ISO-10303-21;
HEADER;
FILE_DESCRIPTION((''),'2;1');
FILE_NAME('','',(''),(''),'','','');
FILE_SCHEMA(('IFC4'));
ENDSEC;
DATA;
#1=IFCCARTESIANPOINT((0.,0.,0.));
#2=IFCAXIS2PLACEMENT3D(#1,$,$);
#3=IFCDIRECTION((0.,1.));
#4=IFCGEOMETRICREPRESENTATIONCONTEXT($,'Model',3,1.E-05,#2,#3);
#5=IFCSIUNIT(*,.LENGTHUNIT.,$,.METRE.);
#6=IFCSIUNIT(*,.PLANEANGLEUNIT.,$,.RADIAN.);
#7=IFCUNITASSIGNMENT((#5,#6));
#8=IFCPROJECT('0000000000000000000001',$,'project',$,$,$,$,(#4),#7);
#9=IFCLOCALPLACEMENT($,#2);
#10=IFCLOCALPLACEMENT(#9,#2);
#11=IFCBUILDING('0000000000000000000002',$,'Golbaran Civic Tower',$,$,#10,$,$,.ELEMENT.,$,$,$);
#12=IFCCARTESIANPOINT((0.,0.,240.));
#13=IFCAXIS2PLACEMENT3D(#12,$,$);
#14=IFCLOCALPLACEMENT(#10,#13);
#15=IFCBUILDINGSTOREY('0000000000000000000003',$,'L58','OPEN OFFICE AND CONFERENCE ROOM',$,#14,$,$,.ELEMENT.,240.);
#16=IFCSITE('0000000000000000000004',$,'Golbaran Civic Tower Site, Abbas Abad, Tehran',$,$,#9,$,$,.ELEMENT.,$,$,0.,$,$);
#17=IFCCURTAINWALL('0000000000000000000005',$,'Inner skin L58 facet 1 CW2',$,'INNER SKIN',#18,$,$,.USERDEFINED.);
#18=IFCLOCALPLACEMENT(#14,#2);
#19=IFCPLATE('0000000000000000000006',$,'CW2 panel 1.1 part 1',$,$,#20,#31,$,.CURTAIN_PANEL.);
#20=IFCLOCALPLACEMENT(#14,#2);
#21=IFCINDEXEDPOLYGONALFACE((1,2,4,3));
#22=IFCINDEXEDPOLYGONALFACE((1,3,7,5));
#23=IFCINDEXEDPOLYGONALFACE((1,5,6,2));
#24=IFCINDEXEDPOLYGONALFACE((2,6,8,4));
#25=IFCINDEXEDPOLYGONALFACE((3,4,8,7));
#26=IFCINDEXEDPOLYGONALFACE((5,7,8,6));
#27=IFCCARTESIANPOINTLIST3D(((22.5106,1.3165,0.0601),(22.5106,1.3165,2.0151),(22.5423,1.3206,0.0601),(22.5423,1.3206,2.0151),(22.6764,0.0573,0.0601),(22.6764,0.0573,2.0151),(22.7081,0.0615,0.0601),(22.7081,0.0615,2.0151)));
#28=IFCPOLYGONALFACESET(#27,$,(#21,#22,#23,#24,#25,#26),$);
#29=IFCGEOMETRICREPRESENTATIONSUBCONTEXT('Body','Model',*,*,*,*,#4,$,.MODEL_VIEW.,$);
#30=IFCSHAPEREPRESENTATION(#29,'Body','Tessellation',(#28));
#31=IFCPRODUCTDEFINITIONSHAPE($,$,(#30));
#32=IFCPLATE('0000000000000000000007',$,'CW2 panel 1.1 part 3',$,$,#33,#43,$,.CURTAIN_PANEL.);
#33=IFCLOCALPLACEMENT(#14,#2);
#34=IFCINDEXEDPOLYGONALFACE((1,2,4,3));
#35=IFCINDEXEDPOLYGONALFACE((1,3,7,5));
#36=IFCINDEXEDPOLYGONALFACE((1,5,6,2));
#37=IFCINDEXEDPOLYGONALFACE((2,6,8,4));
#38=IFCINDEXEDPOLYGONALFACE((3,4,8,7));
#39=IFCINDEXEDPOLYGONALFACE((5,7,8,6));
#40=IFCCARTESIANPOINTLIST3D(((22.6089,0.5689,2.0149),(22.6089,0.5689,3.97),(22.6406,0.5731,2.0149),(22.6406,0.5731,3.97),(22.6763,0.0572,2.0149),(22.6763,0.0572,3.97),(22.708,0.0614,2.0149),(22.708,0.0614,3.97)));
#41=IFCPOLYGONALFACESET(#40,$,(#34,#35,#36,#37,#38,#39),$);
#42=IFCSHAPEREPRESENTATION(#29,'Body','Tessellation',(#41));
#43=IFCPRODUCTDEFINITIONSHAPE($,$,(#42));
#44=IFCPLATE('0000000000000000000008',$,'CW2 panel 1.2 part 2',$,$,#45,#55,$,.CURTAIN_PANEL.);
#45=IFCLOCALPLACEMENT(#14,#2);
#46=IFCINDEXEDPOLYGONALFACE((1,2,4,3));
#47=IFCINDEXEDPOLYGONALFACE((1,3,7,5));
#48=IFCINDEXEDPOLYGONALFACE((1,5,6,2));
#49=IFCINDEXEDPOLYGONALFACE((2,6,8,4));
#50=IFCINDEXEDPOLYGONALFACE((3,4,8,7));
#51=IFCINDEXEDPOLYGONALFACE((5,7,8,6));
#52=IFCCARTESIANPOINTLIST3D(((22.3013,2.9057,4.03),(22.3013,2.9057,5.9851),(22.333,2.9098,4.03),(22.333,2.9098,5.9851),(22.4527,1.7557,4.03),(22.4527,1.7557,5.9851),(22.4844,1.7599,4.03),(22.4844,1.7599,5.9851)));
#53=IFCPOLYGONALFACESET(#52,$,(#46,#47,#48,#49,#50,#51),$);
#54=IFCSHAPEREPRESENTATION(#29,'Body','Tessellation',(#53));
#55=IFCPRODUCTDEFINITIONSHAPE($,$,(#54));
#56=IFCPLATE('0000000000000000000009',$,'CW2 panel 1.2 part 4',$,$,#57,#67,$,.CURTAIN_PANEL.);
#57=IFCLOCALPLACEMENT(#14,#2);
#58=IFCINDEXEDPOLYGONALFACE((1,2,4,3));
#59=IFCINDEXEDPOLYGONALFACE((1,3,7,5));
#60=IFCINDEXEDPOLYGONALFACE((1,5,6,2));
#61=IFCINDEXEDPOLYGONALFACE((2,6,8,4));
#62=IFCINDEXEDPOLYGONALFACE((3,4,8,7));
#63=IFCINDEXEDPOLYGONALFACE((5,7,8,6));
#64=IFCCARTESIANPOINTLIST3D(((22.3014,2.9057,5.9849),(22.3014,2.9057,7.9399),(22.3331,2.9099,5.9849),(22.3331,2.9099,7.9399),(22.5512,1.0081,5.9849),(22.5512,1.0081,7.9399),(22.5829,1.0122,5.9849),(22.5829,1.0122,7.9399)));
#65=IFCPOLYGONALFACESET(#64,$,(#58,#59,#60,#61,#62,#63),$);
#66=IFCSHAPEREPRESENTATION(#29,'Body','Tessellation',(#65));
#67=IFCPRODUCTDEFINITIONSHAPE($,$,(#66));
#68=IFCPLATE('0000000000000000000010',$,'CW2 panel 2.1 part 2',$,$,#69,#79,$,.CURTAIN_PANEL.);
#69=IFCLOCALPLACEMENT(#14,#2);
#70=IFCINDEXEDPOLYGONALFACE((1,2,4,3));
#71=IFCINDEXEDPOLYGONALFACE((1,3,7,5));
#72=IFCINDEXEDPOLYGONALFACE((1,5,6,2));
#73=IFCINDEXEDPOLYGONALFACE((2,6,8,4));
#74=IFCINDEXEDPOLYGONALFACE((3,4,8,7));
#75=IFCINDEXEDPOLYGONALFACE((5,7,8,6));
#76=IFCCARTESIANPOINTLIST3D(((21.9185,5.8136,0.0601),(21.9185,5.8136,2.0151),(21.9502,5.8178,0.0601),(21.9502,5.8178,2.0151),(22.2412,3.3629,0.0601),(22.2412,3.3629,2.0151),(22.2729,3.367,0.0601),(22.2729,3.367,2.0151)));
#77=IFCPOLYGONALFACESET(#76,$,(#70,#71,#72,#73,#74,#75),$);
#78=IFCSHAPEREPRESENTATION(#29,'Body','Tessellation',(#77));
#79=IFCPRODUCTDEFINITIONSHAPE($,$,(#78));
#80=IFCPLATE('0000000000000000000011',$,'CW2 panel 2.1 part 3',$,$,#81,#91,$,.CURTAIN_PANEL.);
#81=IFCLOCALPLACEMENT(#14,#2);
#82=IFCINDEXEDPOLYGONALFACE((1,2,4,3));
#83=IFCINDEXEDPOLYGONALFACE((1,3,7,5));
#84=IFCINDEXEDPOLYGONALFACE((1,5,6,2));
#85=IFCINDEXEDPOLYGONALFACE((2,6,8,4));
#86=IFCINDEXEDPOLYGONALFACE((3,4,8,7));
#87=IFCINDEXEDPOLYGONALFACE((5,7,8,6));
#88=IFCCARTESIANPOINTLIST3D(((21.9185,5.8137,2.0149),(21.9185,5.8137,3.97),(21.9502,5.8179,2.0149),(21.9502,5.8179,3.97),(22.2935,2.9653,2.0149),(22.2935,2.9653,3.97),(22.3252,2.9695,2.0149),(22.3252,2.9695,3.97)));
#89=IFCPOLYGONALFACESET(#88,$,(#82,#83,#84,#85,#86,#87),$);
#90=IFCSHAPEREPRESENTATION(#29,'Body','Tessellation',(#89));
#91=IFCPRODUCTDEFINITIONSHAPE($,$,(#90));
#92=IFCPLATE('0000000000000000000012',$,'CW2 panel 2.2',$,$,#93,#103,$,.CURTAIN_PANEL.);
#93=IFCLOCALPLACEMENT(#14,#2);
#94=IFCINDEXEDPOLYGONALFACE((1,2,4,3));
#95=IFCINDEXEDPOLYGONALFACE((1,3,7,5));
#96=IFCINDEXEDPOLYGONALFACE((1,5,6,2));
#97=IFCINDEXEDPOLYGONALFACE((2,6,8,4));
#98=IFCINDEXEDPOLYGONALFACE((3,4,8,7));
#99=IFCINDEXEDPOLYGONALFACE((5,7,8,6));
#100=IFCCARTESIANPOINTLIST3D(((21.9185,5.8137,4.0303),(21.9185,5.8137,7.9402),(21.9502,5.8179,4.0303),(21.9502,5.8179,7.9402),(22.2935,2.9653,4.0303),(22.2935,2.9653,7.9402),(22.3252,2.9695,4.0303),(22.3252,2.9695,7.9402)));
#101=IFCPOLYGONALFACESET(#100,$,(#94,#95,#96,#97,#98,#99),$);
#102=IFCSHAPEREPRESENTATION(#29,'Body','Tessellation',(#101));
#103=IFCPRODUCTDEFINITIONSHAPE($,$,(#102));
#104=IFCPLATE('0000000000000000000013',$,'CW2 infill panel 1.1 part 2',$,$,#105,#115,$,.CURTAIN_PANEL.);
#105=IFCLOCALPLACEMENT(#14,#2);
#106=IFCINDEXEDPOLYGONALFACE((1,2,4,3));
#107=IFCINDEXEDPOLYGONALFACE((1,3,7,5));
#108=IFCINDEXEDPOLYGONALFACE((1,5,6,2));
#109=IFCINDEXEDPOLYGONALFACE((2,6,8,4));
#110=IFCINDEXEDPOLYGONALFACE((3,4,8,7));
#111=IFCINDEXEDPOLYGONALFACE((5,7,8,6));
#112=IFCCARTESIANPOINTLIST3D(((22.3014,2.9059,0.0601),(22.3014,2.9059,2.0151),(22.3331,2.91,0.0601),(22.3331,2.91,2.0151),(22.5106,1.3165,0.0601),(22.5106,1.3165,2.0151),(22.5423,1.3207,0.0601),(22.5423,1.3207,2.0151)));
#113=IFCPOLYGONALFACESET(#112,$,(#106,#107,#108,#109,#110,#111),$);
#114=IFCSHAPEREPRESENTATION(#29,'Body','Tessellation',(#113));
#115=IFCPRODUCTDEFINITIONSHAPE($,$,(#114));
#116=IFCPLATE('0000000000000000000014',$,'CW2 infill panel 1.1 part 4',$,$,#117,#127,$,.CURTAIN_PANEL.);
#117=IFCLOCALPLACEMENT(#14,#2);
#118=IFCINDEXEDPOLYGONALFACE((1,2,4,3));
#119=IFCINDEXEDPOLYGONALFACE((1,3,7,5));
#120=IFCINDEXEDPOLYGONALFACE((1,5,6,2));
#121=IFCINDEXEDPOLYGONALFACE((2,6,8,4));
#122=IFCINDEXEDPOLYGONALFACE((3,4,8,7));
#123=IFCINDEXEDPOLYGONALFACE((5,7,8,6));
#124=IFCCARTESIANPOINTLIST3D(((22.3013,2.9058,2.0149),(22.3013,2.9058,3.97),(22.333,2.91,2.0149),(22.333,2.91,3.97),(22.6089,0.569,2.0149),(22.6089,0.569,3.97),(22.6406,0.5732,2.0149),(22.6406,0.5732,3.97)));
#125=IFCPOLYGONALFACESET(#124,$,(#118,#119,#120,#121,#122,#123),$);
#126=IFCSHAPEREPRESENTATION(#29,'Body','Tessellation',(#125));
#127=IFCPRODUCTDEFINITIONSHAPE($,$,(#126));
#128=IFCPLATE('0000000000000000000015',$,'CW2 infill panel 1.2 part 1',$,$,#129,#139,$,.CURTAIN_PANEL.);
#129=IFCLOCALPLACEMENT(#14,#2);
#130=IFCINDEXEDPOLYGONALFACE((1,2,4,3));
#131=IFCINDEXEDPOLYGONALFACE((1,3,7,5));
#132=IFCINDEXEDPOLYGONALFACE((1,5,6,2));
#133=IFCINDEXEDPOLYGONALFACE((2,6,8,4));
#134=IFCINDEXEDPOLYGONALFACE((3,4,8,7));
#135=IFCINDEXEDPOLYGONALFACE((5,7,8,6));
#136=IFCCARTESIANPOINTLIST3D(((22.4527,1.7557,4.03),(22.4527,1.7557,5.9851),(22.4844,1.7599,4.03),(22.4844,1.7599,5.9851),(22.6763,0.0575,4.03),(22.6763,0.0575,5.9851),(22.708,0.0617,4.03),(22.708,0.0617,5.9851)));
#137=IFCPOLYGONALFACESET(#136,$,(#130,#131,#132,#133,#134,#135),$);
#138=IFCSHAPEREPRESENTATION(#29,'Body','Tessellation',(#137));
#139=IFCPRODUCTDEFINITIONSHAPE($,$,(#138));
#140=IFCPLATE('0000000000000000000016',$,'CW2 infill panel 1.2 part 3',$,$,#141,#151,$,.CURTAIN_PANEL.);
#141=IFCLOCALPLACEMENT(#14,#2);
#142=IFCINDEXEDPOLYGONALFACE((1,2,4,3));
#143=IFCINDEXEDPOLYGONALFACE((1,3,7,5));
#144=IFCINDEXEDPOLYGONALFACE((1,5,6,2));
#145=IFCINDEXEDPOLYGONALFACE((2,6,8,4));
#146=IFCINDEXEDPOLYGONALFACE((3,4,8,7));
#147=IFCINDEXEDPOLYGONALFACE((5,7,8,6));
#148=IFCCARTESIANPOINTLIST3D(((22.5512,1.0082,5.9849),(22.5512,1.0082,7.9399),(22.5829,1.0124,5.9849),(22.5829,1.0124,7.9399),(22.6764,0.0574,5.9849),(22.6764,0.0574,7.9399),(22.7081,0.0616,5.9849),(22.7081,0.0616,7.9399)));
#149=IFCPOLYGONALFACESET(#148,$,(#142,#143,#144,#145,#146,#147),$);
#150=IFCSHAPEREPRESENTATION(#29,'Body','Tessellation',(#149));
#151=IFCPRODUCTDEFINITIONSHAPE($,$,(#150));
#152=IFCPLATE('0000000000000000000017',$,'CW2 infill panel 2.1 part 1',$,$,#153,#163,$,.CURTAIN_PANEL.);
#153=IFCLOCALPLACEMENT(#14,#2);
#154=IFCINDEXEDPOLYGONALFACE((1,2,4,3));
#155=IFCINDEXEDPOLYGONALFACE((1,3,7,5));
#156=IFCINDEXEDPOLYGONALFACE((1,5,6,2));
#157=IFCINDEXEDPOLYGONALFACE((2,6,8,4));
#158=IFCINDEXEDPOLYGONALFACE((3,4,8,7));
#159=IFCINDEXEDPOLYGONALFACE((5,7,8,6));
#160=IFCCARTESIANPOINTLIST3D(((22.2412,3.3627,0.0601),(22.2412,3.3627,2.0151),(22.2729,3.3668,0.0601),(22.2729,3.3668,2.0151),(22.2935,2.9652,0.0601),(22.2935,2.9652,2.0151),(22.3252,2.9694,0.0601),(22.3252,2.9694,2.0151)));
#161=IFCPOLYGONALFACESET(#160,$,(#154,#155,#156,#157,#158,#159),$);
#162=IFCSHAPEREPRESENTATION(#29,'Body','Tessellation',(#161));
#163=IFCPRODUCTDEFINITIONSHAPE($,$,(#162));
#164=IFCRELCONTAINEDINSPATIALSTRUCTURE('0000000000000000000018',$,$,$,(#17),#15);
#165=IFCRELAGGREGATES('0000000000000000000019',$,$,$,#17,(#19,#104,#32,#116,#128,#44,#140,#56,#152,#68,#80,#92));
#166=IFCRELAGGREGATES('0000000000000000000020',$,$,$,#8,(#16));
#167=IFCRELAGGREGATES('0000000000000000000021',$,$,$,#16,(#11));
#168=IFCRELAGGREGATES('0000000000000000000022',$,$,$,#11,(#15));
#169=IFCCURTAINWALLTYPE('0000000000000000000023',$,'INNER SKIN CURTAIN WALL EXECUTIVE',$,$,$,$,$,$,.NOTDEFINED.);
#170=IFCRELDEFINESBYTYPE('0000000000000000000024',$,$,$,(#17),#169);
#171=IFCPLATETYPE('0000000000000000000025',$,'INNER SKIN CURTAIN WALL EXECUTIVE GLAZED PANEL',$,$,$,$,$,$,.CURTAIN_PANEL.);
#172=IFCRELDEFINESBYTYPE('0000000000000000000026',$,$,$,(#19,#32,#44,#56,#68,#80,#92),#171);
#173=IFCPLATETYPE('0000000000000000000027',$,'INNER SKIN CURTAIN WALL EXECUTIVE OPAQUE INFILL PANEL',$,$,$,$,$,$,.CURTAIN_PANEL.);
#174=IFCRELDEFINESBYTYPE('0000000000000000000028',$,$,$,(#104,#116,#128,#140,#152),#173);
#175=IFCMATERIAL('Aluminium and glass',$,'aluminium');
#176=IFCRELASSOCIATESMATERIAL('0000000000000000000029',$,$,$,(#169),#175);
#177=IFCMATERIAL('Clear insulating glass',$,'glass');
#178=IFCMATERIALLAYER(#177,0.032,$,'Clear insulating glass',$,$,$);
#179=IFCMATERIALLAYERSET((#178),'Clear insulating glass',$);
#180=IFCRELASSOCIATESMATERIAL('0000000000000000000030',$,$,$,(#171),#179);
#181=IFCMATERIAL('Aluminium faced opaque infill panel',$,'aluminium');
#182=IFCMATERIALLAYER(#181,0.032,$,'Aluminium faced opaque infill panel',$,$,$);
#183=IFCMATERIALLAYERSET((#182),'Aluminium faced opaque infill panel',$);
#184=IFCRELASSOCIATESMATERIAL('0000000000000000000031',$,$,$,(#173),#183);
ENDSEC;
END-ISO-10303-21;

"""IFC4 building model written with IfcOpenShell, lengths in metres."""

from ifc_helpers import new_model, si_unit, direction, frame, origin, origin_2d, place, context, subcontext, project, spatial, rectangle, extrude, material, layer, layer_set, type_object, element, aggregate, save


model = new_model("IFC4")

# Units and contexts
model_context = context("Model", 3, precision=1e-05, world=origin(), true_north=direction((0.0, 1.0)))
body_context = subcontext(model_context, "Body", "Model", "MODEL_VIEW")
ifc_project = project(units=[si_unit("LENGTHUNIT", "METRE"), si_unit("PLANEANGLEUNIT", "RADIAN")], contexts=[model_context])

# Site, building, storey
site_placement = place(None, origin())
site = spatial("IfcSite", under=ifc_project, at=site_placement, Name="Golbaran Civic Tower Site, Abbas Abad, Tehran", CompositionType="ELEMENT", RefElevation=0.0)
building_placement = place(site_placement, origin())
building = spatial("IfcBuilding", under=site, at=building_placement, Name="Golbaran Civic Tower", CompositionType="ELEMENT")
storey_placement = place(building_placement, frame((0.0, 0.0, 240.0)))
storey = spatial("IfcBuildingStorey", under=building, at=storey_placement, Name="L58", Description="OPEN OFFICE AND CONFERENCE ROOM", CompositionType="ELEMENT", Elevation=240.0)

# Curtain wall, plates
ifc_material_1 = material(Name="Aluminium and glass", Category="aluminium")
curtain_wall_type = type_object("IfcCurtainWallType", Name="INNER SKIN CURTAIN WALL EXECUTIVE", PredefinedType="NOTDEFINED", material=ifc_material_1)
curtain_wall_placement = place(storey_placement, origin())
curtain_wall = element("IfcCurtainWall", 1, at=curtain_wall_placement, inside=storey, type_object=curtain_wall_type, Name="Inner skin L58 facet 1 CW2", ObjectType="INNER SKIN", PredefinedType="USERDEFINED")
ifc_material_2 = material(Name="Clear insulating glass", Category="glass")
ifc_layer_1 = layer(ifc_material_2, 0.032, Name="Clear insulating glass")
ifc_layer_set_1 = layer_set([ifc_layer_1], Name="Clear insulating glass")
plate_type_1 = type_object("IfcPlateType", Name="INNER SKIN CURTAIN WALL EXECUTIVE GLAZED PANEL", PredefinedType="CURTAIN_PANEL", material=ifc_layer_set_1)
plate_1_placement = place(storey_placement, frame((22.6094, 0.689, 0.0601), z_axis=(0.0, 0.0, 1.0), x_axis=(-0.130526, 0.991445, 0.0)))
plate_1 = element("IfcPlate", 2, at=plate_1_placement, type_object=plate_type_1, Name="CW2 panel 1.1 part 1", PredefinedType="CURTAIN_PANEL", context=body_context, shape_type="SweptSolid", body=[
    extrude(rectangle(XDim=1.27, YDim=0.032, at=origin_2d()), origin(), (0.0, 0.0, 1.0), 1.9551),
])
plate_2_placement = place(storey_placement, frame((22.6584, 0.3152, 2.0149), z_axis=(0.0, 0.0, 1.0), x_axis=(-0.130526, 0.991445, 0.0)))
plate_2 = element("IfcPlate", 3, at=plate_2_placement, type_object=plate_type_1, Name="CW2 panel 1.1 part 3", PredefinedType="CURTAIN_PANEL", context=body_context, shape_type="SweptSolid", body=[
    extrude(rectangle(XDim=0.5161, YDim=0.032, at=origin_2d()), origin(), (0.0, 0.0, 1.0), 1.9551),
])
plate_3_placement = place(storey_placement, frame((22.3928, 2.3328, 4.03), z_axis=(0.0, 0.0, 1.0), x_axis=(-0.130526, 0.991445, 0.0)))
plate_3 = element("IfcPlate", 4, at=plate_3_placement, type_object=plate_type_1, Name="CW2 panel 1.2 part 2", PredefinedType="CURTAIN_PANEL", context=body_context, shape_type="SweptSolid", body=[
    extrude(rectangle(XDim=1.1599, YDim=0.032, at=origin_2d()), origin(), (0.0, 0.0, 1.0), 1.9551),
])
plate_4_placement = place(storey_placement, frame((22.4421, 1.959, 5.9849), z_axis=(0.0, 0.0, 1.0), x_axis=(-0.130526, 0.991445, 0.0)))
plate_4 = element("IfcPlate", 5, at=plate_4_placement, type_object=plate_type_1, Name="CW2 panel 1.2 part 4", PredefinedType="CURTAIN_PANEL", context=body_context, shape_type="SweptSolid", body=[
    extrude(rectangle(XDim=1.9141, YDim=0.032, at=origin_2d()), origin(), (0.0, 0.0, 1.0), 1.9551),
])
plate_5_placement = place(storey_placement, frame((22.0957, 4.5903, 0.0601), z_axis=(0.0, 0.0, 1.0), x_axis=(-0.130526, 0.991445, 0.0)))
plate_5 = element("IfcPlate", 6, at=plate_5_placement, type_object=plate_type_1, Name="CW2 panel 2.1 part 2", PredefinedType="CURTAIN_PANEL", context=body_context, shape_type="SweptSolid", body=[
    extrude(rectangle(XDim=2.4719, YDim=0.032, at=origin_2d()), origin(), (0.0, 0.0, 1.0), 1.9551),
])
plate_6_placement = place(storey_placement, frame((22.1218, 4.3916, 2.0149), z_axis=(0.0, 0.0, 1.0), x_axis=(-0.130526, 0.991445, 0.0)))
plate_6 = element("IfcPlate", 7, at=plate_6_placement, type_object=plate_type_1, Name="CW2 panel 2.1 part 3", PredefinedType="CURTAIN_PANEL", context=body_context, shape_type="SweptSolid", body=[
    extrude(rectangle(XDim=2.873, YDim=0.032, at=origin_2d()), origin(), (0.0, 0.0, 1.0), 1.9551),
])
plate_7_placement = place(storey_placement, frame((22.1218, 4.3916, 4.0303), z_axis=(0.0, 0.0, 1.0), x_axis=(-0.130526, 0.991445, 0.0)))
plate_7 = element("IfcPlate", 8, at=plate_7_placement, type_object=plate_type_1, Name="CW2 panel 2.2", PredefinedType="CURTAIN_PANEL", context=body_context, shape_type="SweptSolid", body=[
    extrude(rectangle(XDim=2.873, YDim=0.032, at=origin_2d()), origin(), (0.0, 0.0, 1.0), 3.9099),
])
ifc_material_3 = material(Name="Aluminium faced opaque infill panel", Category="aluminium")
ifc_layer_2 = layer(ifc_material_3, 0.032, Name="Aluminium faced opaque infill panel")
ifc_layer_set_2 = layer_set([ifc_layer_2], Name="Aluminium faced opaque infill panel")
plate_type_2 = type_object("IfcPlateType", Name="INNER SKIN CURTAIN WALL EXECUTIVE OPAQUE INFILL PANEL", PredefinedType="CURTAIN_PANEL", material=ifc_layer_set_2)
plate_8_placement = place(storey_placement, frame((22.4219, 2.1133, 0.0601), z_axis=(0.0, 0.0, 1.0), x_axis=(-0.130526, 0.991445, 0.0)))
plate_8 = element("IfcPlate", 9, at=plate_8_placement, type_object=plate_type_2, Name="CW2 infill panel 1.1 part 2", PredefinedType="CURTAIN_PANEL", context=body_context, shape_type="SweptSolid", body=[
    extrude(rectangle(XDim=1.603, YDim=0.032, at=origin_2d()), origin(), (0.0, 0.0, 1.0), 1.9551),
])
plate_9_placement = place(storey_placement, frame((22.4709, 1.7395, 2.0149), z_axis=(0.0, 0.0, 1.0), x_axis=(-0.130526, 0.991445, 0.0)))
plate_9 = element("IfcPlate", 10, at=plate_9_placement, type_object=plate_type_2, Name="CW2 infill panel 1.1 part 4", PredefinedType="CURTAIN_PANEL", context=body_context, shape_type="SweptSolid", body=[
    extrude(rectangle(XDim=2.3569, YDim=0.032, at=origin_2d()), origin(), (0.0, 0.0, 1.0), 1.9551),
])
plate_10_placement = place(storey_placement, frame((22.5803, 0.9087, 4.03), z_axis=(0.0, 0.0, 1.0), x_axis=(-0.130526, 0.991445, 0.0)))
plate_10 = element("IfcPlate", 11, at=plate_10_placement, type_object=plate_type_2, Name="CW2 infill panel 1.2 part 1", PredefinedType="CURTAIN_PANEL", context=body_context, shape_type="SweptSolid", body=[
    extrude(rectangle(XDim=1.7129, YDim=0.032, at=origin_2d()), origin(), (0.0, 0.0, 1.0), 1.9551),
])
plate_11_placement = place(storey_placement, frame((22.6296, 0.5349, 5.9849), z_axis=(0.0, 0.0, 1.0), x_axis=(-0.130526, 0.991445, 0.0)))
plate_11 = element("IfcPlate", 12, at=plate_11_placement, type_object=plate_type_2, Name="CW2 infill panel 1.2 part 3", PredefinedType="CURTAIN_PANEL", context=body_context, shape_type="SweptSolid", body=[
    extrude(rectangle(XDim=0.959, YDim=0.032, at=origin_2d()), origin(), (0.0, 0.0, 1.0), 1.9551),
])
plate_12_placement = place(storey_placement, frame((22.2832, 3.166, 0.0601), z_axis=(0.0, 0.0, 1.0), x_axis=(-0.130526, 0.991445, 0.0)))
plate_12 = element("IfcPlate", 13, at=plate_12_placement, type_object=plate_type_2, Name="CW2 infill panel 2.1 part 1", PredefinedType="CURTAIN_PANEL", context=body_context, shape_type="SweptSolid", body=[
    extrude(rectangle(XDim=0.4009, YDim=0.032, at=origin_2d()), origin(), (0.0, 0.0, 1.0), 1.9551),
])
aggregate(curtain_wall, [plate_1, plate_8, plate_2, plate_9, plate_10, plate_3, plate_11, plate_4, plate_12, plate_5, plate_6, plate_7])

save(model, "model.ifc")
